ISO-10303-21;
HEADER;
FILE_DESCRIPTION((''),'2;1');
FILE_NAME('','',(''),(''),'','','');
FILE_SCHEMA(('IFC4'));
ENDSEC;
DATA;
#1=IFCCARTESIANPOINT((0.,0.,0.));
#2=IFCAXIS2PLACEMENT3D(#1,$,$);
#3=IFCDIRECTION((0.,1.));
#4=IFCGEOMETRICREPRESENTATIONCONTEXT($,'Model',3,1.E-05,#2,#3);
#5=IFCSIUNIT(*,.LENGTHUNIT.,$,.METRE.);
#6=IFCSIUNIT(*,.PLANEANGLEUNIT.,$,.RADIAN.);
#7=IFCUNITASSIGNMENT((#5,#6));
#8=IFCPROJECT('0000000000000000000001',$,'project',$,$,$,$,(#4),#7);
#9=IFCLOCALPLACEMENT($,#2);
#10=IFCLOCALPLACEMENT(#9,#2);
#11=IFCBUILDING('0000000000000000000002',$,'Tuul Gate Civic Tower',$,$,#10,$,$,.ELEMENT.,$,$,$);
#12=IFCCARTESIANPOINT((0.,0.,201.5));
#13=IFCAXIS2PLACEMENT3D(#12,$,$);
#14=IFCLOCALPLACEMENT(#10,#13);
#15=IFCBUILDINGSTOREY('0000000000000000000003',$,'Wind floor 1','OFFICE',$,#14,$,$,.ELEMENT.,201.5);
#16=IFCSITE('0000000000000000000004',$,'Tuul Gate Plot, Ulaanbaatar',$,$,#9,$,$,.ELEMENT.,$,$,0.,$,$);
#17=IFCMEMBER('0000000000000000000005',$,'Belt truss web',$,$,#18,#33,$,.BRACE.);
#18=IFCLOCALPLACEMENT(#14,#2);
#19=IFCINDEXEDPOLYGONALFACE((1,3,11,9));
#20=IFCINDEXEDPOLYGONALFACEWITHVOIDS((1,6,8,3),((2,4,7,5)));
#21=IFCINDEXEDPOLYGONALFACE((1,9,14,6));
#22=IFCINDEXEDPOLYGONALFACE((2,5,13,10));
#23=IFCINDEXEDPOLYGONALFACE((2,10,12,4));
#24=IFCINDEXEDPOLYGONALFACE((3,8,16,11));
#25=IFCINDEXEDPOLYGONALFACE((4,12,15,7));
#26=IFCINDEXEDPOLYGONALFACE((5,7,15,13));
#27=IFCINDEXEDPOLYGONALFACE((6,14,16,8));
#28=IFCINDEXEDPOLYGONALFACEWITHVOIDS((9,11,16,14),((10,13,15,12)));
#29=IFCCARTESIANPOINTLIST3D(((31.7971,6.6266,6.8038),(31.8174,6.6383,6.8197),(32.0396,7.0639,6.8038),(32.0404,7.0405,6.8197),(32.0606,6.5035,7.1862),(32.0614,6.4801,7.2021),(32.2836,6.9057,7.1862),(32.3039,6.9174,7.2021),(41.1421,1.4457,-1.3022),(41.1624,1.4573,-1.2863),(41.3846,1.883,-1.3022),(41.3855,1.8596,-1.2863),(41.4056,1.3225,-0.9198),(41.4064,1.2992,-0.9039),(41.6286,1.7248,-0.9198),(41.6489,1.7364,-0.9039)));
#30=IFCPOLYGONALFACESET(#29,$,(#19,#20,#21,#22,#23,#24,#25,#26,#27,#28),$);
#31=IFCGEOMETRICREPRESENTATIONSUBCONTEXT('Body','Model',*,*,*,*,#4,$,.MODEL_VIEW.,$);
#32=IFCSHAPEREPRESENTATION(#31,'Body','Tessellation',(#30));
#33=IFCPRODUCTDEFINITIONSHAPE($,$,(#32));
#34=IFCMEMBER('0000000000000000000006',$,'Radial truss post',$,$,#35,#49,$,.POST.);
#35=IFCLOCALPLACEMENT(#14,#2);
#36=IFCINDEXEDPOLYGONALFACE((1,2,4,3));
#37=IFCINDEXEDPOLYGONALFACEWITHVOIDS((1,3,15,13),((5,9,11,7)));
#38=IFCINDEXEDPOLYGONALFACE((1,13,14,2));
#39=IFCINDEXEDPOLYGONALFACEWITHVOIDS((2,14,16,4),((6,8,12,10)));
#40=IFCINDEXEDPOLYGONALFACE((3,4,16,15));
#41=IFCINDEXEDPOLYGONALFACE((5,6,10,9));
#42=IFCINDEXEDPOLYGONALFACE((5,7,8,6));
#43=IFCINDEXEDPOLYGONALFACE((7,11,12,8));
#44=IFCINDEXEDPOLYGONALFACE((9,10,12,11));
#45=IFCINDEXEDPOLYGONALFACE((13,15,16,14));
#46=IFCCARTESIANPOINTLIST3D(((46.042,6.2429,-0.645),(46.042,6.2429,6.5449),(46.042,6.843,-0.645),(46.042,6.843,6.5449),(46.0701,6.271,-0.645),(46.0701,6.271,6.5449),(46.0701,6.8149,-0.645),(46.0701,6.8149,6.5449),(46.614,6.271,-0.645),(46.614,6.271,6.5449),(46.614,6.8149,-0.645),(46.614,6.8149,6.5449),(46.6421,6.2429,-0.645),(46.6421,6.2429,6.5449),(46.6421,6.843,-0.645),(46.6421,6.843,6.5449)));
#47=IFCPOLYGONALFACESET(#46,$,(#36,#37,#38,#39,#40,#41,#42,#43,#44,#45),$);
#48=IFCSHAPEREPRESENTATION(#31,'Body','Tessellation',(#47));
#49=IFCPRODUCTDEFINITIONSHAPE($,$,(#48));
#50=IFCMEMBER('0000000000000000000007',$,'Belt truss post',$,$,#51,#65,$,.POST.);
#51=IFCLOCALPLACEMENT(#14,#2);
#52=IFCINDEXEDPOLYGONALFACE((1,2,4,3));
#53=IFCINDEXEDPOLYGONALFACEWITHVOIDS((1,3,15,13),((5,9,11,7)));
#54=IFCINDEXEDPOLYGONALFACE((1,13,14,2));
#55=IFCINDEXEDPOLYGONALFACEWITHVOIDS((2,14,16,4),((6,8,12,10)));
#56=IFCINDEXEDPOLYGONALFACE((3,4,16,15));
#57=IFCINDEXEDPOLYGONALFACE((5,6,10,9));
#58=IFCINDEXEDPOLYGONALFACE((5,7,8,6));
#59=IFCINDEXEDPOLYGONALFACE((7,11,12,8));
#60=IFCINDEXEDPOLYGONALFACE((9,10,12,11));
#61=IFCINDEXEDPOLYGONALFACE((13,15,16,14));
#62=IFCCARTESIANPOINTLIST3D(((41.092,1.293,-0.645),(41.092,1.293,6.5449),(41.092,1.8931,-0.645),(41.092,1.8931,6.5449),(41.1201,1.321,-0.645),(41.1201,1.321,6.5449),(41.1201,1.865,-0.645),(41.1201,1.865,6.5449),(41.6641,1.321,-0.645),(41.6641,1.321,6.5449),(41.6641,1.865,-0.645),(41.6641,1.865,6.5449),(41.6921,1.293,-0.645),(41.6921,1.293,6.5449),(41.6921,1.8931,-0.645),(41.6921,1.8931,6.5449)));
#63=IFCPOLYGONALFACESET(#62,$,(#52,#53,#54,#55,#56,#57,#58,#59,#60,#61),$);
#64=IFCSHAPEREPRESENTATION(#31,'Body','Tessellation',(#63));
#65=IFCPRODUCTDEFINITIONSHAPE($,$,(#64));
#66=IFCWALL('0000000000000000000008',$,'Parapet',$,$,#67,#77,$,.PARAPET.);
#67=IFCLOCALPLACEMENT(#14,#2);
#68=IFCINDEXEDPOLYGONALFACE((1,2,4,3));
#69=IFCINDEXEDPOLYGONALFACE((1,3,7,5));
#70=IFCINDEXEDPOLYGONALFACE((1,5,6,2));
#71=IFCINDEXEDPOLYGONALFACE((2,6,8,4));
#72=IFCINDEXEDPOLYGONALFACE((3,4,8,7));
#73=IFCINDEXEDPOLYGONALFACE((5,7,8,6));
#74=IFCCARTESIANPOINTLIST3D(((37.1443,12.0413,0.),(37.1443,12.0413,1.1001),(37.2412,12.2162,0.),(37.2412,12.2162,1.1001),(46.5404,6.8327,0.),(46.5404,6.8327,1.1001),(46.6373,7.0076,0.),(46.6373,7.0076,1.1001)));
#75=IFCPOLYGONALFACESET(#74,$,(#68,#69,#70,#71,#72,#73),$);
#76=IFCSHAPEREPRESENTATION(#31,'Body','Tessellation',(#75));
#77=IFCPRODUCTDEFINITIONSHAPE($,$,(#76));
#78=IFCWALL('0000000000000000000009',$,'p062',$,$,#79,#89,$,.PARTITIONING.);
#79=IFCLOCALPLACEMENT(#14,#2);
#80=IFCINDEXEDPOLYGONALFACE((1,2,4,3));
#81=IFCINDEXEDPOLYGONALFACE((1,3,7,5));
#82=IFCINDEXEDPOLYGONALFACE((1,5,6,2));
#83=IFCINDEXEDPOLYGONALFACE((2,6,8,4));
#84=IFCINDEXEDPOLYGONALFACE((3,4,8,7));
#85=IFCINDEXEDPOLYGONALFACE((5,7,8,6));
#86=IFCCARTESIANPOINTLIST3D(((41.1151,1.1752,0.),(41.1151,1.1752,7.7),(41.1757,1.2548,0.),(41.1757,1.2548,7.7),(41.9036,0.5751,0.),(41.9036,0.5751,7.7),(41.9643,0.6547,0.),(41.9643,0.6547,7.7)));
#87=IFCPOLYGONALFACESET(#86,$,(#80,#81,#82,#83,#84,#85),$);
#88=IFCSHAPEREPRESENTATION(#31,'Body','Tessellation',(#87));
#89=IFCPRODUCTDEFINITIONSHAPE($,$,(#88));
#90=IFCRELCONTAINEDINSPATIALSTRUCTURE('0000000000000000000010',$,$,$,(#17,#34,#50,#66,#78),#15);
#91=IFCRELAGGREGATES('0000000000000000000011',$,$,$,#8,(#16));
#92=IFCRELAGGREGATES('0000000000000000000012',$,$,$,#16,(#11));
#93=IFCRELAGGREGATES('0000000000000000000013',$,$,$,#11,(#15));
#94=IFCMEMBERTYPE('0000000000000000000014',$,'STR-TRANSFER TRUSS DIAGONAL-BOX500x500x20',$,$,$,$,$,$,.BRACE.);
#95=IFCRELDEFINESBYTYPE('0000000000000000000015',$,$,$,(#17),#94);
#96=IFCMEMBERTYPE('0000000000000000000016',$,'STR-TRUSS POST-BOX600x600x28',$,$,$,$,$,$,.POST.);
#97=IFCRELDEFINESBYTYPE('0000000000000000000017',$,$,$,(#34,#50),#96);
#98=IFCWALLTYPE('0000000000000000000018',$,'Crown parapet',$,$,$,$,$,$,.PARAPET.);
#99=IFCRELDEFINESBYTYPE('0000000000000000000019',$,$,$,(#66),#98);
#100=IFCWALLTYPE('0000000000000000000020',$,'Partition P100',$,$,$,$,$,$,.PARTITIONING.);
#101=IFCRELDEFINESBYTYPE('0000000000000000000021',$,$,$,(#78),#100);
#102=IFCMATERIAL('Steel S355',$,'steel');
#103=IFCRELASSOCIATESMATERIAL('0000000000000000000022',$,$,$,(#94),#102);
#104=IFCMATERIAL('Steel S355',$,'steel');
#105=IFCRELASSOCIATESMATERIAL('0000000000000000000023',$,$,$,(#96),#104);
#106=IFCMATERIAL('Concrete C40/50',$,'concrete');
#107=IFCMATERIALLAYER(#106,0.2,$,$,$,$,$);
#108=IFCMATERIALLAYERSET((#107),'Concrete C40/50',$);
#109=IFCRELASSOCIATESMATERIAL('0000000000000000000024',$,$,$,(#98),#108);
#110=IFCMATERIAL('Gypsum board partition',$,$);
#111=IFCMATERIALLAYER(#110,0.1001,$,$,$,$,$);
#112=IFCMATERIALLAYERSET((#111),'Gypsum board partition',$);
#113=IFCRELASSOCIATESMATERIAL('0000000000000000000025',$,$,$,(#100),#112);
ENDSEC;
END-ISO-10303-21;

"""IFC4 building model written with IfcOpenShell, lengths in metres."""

from ifc_helpers import new_model, si_unit, direction, frame, frame_2d, origin, origin_2d, place, context, subcontext, project, spatial, rectangle, hollow_rectangle, extrude, material, layer, layer_set, material_profile, profile_set, type_object, element, save


model = new_model("IFC4")

# Units and contexts
model_context = context("Model", 3, precision=1e-05, world=origin(), true_north=direction((0.0, 1.0)))
body_context = subcontext(model_context, "Body", "Model", "MODEL_VIEW")
ifc_project = project(units=[si_unit("LENGTHUNIT", "METRE"), si_unit("PLANEANGLEUNIT", "RADIAN")], contexts=[model_context])

# Site, building, storey
site_placement = place(None, origin())
site = spatial("IfcSite", under=ifc_project, at=site_placement, Name="Tuul Gate Plot, Ulaanbaatar", CompositionType="ELEMENT", RefElevation=0.0)
building_placement = place(site_placement, origin())
building = spatial("IfcBuilding", under=site, at=building_placement, Name="Tuul Gate Civic Tower", CompositionType="ELEMENT")
storey_placement = place(building_placement, frame((0.0, 0.0, 201.5)))
storey = spatial("IfcBuildingStorey", under=building, at=storey_placement, Name="Wind floor 1", Description="OFFICE", CompositionType="ELEMENT", Elevation=201.5)

# Members
ifc_material_1 = material(Name="Steel S355", Category="steel")
ifc_material_profile_1 = material_profile(ifc_material_1, hollow_rectangle(XDim=0.5, YDim=0.5, WallThickness=0.02, at=origin_2d()), Name="BOX500x500x20")
ifc_profile_set_1 = profile_set([ifc_material_profile_1], Name="Steel S355")
member_type_1 = type_object("IfcMemberType", Name="STR-TRANSFER TRUSS DIAGONAL-BOX500x500x20", PredefinedType="BRACE", material=ifc_profile_set_1)
member_1_placement = place(storey_placement, frame((41.3955, 1.5911, -1.103), z_axis=(-0.696771, 0.386294, 0.604389), x_axis=(-0.484875, -0.874584, 0.0)))
element("IfcMember", 1, at=member_1_placement, inside=storey, type_object=member_type_1, Name="Belt truss web", PredefinedType="BRACE", context=body_context, shape_type="SweptSolid", body=[
    extrude(hollow_rectangle(XDim=0.5, YDim=0.5, WallThickness=0.02, at=origin_2d()), origin(), (0.0, 0.0, 1.0), 13.4119),
])
ifc_material_2 = material(Name="Steel S355", Category="steel")
ifc_material_profile_2 = material_profile(ifc_material_2, hollow_rectangle(XDim=0.6001, YDim=0.6001, WallThickness=0.0281, at=origin_2d()), Name="BOX600x600x28")
ifc_profile_set_2 = profile_set([ifc_material_profile_2], Name="Steel S355")
member_type_2 = type_object("IfcMemberType", Name="STR-TRUSS POST-BOX600x600x28", PredefinedType="POST", material=ifc_profile_set_2)
for number, where, z_axis, x_axis, name in (
    (2, (46.342, 6.543, -0.645), (0.0, 0.0, 1.0), (1.0, 0.0, 0.0), "Radial truss post"),
    (3, (41.3921, 1.593, -0.645), (0.0, 0.0, 1.0), (1.0, 0.0, 0.0), "Belt truss post"),
):
    element("IfcMember", number, at=place(storey_placement, frame(where, z_axis=z_axis, x_axis=x_axis)), inside=storey, type_object=member_type_2, Name=name, PredefinedType="POST", context=body_context, shape_type="SweptSolid", body=[
        extrude(hollow_rectangle(XDim=0.6001, YDim=0.6001, WallThickness=0.0281, at=origin_2d()), origin(), (0.0, 0.0, 1.0), 7.1899),
    ])

# Walls
ifc_material_3 = material(Name="Concrete C40/50", Category="concrete")
ifc_layer_1 = layer(ifc_material_3, 0.2)
ifc_layer_set_1 = layer_set([ifc_layer_1], Name="Concrete C40/50")
wall_type_1 = type_object("IfcWallType", Name="Crown parapet", PredefinedType="PARAPET", material=ifc_layer_set_1)
wall_1_placement = place(storey_placement, frame((46.5889, 6.9202, 0.0), z_axis=(0.0, 0.0, 1.0), x_axis=(-0.874611, 0.484825, 0.0)))
element("IfcWall", 4, at=wall_1_placement, inside=storey, type_object=wall_type_1, Name="Parapet", PredefinedType="PARAPET", context=body_context, shape_type="SweptSolid", body=[
    extrude(rectangle(XDim=10.7432, YDim=0.2, at=frame_2d((5.3716, 0.0))), origin(), (0.0, 0.0, 1.0), 1.1001),
])
ifc_material_4 = material(Name="Gypsum board partition")
ifc_layer_2 = layer(ifc_material_4, 0.1001)
ifc_layer_set_2 = layer_set([ifc_layer_2], Name="Gypsum board partition")
wall_type_2 = type_object("IfcWallType", Name="Partition P100", PredefinedType="PARTITIONING", material=ifc_layer_set_2)
wall_2_placement = place(storey_placement, frame((41.1453, 1.2151, 0.0), z_axis=(0.0, 0.0, 1.0), x_axis=(0.795782, -0.605583, 0.0)))
element("IfcWall", 5, at=wall_2_placement, inside=storey, type_object=wall_type_2, Name="p062", PredefinedType="PARTITIONING", context=body_context, shape_type="SweptSolid", body=[
    extrude(rectangle(XDim=0.991, YDim=0.1001, at=frame_2d((0.4956, 0.0))), origin(), (0.0, 0.0, 1.0), 7.7),
])

save(model, "model.ifc")
